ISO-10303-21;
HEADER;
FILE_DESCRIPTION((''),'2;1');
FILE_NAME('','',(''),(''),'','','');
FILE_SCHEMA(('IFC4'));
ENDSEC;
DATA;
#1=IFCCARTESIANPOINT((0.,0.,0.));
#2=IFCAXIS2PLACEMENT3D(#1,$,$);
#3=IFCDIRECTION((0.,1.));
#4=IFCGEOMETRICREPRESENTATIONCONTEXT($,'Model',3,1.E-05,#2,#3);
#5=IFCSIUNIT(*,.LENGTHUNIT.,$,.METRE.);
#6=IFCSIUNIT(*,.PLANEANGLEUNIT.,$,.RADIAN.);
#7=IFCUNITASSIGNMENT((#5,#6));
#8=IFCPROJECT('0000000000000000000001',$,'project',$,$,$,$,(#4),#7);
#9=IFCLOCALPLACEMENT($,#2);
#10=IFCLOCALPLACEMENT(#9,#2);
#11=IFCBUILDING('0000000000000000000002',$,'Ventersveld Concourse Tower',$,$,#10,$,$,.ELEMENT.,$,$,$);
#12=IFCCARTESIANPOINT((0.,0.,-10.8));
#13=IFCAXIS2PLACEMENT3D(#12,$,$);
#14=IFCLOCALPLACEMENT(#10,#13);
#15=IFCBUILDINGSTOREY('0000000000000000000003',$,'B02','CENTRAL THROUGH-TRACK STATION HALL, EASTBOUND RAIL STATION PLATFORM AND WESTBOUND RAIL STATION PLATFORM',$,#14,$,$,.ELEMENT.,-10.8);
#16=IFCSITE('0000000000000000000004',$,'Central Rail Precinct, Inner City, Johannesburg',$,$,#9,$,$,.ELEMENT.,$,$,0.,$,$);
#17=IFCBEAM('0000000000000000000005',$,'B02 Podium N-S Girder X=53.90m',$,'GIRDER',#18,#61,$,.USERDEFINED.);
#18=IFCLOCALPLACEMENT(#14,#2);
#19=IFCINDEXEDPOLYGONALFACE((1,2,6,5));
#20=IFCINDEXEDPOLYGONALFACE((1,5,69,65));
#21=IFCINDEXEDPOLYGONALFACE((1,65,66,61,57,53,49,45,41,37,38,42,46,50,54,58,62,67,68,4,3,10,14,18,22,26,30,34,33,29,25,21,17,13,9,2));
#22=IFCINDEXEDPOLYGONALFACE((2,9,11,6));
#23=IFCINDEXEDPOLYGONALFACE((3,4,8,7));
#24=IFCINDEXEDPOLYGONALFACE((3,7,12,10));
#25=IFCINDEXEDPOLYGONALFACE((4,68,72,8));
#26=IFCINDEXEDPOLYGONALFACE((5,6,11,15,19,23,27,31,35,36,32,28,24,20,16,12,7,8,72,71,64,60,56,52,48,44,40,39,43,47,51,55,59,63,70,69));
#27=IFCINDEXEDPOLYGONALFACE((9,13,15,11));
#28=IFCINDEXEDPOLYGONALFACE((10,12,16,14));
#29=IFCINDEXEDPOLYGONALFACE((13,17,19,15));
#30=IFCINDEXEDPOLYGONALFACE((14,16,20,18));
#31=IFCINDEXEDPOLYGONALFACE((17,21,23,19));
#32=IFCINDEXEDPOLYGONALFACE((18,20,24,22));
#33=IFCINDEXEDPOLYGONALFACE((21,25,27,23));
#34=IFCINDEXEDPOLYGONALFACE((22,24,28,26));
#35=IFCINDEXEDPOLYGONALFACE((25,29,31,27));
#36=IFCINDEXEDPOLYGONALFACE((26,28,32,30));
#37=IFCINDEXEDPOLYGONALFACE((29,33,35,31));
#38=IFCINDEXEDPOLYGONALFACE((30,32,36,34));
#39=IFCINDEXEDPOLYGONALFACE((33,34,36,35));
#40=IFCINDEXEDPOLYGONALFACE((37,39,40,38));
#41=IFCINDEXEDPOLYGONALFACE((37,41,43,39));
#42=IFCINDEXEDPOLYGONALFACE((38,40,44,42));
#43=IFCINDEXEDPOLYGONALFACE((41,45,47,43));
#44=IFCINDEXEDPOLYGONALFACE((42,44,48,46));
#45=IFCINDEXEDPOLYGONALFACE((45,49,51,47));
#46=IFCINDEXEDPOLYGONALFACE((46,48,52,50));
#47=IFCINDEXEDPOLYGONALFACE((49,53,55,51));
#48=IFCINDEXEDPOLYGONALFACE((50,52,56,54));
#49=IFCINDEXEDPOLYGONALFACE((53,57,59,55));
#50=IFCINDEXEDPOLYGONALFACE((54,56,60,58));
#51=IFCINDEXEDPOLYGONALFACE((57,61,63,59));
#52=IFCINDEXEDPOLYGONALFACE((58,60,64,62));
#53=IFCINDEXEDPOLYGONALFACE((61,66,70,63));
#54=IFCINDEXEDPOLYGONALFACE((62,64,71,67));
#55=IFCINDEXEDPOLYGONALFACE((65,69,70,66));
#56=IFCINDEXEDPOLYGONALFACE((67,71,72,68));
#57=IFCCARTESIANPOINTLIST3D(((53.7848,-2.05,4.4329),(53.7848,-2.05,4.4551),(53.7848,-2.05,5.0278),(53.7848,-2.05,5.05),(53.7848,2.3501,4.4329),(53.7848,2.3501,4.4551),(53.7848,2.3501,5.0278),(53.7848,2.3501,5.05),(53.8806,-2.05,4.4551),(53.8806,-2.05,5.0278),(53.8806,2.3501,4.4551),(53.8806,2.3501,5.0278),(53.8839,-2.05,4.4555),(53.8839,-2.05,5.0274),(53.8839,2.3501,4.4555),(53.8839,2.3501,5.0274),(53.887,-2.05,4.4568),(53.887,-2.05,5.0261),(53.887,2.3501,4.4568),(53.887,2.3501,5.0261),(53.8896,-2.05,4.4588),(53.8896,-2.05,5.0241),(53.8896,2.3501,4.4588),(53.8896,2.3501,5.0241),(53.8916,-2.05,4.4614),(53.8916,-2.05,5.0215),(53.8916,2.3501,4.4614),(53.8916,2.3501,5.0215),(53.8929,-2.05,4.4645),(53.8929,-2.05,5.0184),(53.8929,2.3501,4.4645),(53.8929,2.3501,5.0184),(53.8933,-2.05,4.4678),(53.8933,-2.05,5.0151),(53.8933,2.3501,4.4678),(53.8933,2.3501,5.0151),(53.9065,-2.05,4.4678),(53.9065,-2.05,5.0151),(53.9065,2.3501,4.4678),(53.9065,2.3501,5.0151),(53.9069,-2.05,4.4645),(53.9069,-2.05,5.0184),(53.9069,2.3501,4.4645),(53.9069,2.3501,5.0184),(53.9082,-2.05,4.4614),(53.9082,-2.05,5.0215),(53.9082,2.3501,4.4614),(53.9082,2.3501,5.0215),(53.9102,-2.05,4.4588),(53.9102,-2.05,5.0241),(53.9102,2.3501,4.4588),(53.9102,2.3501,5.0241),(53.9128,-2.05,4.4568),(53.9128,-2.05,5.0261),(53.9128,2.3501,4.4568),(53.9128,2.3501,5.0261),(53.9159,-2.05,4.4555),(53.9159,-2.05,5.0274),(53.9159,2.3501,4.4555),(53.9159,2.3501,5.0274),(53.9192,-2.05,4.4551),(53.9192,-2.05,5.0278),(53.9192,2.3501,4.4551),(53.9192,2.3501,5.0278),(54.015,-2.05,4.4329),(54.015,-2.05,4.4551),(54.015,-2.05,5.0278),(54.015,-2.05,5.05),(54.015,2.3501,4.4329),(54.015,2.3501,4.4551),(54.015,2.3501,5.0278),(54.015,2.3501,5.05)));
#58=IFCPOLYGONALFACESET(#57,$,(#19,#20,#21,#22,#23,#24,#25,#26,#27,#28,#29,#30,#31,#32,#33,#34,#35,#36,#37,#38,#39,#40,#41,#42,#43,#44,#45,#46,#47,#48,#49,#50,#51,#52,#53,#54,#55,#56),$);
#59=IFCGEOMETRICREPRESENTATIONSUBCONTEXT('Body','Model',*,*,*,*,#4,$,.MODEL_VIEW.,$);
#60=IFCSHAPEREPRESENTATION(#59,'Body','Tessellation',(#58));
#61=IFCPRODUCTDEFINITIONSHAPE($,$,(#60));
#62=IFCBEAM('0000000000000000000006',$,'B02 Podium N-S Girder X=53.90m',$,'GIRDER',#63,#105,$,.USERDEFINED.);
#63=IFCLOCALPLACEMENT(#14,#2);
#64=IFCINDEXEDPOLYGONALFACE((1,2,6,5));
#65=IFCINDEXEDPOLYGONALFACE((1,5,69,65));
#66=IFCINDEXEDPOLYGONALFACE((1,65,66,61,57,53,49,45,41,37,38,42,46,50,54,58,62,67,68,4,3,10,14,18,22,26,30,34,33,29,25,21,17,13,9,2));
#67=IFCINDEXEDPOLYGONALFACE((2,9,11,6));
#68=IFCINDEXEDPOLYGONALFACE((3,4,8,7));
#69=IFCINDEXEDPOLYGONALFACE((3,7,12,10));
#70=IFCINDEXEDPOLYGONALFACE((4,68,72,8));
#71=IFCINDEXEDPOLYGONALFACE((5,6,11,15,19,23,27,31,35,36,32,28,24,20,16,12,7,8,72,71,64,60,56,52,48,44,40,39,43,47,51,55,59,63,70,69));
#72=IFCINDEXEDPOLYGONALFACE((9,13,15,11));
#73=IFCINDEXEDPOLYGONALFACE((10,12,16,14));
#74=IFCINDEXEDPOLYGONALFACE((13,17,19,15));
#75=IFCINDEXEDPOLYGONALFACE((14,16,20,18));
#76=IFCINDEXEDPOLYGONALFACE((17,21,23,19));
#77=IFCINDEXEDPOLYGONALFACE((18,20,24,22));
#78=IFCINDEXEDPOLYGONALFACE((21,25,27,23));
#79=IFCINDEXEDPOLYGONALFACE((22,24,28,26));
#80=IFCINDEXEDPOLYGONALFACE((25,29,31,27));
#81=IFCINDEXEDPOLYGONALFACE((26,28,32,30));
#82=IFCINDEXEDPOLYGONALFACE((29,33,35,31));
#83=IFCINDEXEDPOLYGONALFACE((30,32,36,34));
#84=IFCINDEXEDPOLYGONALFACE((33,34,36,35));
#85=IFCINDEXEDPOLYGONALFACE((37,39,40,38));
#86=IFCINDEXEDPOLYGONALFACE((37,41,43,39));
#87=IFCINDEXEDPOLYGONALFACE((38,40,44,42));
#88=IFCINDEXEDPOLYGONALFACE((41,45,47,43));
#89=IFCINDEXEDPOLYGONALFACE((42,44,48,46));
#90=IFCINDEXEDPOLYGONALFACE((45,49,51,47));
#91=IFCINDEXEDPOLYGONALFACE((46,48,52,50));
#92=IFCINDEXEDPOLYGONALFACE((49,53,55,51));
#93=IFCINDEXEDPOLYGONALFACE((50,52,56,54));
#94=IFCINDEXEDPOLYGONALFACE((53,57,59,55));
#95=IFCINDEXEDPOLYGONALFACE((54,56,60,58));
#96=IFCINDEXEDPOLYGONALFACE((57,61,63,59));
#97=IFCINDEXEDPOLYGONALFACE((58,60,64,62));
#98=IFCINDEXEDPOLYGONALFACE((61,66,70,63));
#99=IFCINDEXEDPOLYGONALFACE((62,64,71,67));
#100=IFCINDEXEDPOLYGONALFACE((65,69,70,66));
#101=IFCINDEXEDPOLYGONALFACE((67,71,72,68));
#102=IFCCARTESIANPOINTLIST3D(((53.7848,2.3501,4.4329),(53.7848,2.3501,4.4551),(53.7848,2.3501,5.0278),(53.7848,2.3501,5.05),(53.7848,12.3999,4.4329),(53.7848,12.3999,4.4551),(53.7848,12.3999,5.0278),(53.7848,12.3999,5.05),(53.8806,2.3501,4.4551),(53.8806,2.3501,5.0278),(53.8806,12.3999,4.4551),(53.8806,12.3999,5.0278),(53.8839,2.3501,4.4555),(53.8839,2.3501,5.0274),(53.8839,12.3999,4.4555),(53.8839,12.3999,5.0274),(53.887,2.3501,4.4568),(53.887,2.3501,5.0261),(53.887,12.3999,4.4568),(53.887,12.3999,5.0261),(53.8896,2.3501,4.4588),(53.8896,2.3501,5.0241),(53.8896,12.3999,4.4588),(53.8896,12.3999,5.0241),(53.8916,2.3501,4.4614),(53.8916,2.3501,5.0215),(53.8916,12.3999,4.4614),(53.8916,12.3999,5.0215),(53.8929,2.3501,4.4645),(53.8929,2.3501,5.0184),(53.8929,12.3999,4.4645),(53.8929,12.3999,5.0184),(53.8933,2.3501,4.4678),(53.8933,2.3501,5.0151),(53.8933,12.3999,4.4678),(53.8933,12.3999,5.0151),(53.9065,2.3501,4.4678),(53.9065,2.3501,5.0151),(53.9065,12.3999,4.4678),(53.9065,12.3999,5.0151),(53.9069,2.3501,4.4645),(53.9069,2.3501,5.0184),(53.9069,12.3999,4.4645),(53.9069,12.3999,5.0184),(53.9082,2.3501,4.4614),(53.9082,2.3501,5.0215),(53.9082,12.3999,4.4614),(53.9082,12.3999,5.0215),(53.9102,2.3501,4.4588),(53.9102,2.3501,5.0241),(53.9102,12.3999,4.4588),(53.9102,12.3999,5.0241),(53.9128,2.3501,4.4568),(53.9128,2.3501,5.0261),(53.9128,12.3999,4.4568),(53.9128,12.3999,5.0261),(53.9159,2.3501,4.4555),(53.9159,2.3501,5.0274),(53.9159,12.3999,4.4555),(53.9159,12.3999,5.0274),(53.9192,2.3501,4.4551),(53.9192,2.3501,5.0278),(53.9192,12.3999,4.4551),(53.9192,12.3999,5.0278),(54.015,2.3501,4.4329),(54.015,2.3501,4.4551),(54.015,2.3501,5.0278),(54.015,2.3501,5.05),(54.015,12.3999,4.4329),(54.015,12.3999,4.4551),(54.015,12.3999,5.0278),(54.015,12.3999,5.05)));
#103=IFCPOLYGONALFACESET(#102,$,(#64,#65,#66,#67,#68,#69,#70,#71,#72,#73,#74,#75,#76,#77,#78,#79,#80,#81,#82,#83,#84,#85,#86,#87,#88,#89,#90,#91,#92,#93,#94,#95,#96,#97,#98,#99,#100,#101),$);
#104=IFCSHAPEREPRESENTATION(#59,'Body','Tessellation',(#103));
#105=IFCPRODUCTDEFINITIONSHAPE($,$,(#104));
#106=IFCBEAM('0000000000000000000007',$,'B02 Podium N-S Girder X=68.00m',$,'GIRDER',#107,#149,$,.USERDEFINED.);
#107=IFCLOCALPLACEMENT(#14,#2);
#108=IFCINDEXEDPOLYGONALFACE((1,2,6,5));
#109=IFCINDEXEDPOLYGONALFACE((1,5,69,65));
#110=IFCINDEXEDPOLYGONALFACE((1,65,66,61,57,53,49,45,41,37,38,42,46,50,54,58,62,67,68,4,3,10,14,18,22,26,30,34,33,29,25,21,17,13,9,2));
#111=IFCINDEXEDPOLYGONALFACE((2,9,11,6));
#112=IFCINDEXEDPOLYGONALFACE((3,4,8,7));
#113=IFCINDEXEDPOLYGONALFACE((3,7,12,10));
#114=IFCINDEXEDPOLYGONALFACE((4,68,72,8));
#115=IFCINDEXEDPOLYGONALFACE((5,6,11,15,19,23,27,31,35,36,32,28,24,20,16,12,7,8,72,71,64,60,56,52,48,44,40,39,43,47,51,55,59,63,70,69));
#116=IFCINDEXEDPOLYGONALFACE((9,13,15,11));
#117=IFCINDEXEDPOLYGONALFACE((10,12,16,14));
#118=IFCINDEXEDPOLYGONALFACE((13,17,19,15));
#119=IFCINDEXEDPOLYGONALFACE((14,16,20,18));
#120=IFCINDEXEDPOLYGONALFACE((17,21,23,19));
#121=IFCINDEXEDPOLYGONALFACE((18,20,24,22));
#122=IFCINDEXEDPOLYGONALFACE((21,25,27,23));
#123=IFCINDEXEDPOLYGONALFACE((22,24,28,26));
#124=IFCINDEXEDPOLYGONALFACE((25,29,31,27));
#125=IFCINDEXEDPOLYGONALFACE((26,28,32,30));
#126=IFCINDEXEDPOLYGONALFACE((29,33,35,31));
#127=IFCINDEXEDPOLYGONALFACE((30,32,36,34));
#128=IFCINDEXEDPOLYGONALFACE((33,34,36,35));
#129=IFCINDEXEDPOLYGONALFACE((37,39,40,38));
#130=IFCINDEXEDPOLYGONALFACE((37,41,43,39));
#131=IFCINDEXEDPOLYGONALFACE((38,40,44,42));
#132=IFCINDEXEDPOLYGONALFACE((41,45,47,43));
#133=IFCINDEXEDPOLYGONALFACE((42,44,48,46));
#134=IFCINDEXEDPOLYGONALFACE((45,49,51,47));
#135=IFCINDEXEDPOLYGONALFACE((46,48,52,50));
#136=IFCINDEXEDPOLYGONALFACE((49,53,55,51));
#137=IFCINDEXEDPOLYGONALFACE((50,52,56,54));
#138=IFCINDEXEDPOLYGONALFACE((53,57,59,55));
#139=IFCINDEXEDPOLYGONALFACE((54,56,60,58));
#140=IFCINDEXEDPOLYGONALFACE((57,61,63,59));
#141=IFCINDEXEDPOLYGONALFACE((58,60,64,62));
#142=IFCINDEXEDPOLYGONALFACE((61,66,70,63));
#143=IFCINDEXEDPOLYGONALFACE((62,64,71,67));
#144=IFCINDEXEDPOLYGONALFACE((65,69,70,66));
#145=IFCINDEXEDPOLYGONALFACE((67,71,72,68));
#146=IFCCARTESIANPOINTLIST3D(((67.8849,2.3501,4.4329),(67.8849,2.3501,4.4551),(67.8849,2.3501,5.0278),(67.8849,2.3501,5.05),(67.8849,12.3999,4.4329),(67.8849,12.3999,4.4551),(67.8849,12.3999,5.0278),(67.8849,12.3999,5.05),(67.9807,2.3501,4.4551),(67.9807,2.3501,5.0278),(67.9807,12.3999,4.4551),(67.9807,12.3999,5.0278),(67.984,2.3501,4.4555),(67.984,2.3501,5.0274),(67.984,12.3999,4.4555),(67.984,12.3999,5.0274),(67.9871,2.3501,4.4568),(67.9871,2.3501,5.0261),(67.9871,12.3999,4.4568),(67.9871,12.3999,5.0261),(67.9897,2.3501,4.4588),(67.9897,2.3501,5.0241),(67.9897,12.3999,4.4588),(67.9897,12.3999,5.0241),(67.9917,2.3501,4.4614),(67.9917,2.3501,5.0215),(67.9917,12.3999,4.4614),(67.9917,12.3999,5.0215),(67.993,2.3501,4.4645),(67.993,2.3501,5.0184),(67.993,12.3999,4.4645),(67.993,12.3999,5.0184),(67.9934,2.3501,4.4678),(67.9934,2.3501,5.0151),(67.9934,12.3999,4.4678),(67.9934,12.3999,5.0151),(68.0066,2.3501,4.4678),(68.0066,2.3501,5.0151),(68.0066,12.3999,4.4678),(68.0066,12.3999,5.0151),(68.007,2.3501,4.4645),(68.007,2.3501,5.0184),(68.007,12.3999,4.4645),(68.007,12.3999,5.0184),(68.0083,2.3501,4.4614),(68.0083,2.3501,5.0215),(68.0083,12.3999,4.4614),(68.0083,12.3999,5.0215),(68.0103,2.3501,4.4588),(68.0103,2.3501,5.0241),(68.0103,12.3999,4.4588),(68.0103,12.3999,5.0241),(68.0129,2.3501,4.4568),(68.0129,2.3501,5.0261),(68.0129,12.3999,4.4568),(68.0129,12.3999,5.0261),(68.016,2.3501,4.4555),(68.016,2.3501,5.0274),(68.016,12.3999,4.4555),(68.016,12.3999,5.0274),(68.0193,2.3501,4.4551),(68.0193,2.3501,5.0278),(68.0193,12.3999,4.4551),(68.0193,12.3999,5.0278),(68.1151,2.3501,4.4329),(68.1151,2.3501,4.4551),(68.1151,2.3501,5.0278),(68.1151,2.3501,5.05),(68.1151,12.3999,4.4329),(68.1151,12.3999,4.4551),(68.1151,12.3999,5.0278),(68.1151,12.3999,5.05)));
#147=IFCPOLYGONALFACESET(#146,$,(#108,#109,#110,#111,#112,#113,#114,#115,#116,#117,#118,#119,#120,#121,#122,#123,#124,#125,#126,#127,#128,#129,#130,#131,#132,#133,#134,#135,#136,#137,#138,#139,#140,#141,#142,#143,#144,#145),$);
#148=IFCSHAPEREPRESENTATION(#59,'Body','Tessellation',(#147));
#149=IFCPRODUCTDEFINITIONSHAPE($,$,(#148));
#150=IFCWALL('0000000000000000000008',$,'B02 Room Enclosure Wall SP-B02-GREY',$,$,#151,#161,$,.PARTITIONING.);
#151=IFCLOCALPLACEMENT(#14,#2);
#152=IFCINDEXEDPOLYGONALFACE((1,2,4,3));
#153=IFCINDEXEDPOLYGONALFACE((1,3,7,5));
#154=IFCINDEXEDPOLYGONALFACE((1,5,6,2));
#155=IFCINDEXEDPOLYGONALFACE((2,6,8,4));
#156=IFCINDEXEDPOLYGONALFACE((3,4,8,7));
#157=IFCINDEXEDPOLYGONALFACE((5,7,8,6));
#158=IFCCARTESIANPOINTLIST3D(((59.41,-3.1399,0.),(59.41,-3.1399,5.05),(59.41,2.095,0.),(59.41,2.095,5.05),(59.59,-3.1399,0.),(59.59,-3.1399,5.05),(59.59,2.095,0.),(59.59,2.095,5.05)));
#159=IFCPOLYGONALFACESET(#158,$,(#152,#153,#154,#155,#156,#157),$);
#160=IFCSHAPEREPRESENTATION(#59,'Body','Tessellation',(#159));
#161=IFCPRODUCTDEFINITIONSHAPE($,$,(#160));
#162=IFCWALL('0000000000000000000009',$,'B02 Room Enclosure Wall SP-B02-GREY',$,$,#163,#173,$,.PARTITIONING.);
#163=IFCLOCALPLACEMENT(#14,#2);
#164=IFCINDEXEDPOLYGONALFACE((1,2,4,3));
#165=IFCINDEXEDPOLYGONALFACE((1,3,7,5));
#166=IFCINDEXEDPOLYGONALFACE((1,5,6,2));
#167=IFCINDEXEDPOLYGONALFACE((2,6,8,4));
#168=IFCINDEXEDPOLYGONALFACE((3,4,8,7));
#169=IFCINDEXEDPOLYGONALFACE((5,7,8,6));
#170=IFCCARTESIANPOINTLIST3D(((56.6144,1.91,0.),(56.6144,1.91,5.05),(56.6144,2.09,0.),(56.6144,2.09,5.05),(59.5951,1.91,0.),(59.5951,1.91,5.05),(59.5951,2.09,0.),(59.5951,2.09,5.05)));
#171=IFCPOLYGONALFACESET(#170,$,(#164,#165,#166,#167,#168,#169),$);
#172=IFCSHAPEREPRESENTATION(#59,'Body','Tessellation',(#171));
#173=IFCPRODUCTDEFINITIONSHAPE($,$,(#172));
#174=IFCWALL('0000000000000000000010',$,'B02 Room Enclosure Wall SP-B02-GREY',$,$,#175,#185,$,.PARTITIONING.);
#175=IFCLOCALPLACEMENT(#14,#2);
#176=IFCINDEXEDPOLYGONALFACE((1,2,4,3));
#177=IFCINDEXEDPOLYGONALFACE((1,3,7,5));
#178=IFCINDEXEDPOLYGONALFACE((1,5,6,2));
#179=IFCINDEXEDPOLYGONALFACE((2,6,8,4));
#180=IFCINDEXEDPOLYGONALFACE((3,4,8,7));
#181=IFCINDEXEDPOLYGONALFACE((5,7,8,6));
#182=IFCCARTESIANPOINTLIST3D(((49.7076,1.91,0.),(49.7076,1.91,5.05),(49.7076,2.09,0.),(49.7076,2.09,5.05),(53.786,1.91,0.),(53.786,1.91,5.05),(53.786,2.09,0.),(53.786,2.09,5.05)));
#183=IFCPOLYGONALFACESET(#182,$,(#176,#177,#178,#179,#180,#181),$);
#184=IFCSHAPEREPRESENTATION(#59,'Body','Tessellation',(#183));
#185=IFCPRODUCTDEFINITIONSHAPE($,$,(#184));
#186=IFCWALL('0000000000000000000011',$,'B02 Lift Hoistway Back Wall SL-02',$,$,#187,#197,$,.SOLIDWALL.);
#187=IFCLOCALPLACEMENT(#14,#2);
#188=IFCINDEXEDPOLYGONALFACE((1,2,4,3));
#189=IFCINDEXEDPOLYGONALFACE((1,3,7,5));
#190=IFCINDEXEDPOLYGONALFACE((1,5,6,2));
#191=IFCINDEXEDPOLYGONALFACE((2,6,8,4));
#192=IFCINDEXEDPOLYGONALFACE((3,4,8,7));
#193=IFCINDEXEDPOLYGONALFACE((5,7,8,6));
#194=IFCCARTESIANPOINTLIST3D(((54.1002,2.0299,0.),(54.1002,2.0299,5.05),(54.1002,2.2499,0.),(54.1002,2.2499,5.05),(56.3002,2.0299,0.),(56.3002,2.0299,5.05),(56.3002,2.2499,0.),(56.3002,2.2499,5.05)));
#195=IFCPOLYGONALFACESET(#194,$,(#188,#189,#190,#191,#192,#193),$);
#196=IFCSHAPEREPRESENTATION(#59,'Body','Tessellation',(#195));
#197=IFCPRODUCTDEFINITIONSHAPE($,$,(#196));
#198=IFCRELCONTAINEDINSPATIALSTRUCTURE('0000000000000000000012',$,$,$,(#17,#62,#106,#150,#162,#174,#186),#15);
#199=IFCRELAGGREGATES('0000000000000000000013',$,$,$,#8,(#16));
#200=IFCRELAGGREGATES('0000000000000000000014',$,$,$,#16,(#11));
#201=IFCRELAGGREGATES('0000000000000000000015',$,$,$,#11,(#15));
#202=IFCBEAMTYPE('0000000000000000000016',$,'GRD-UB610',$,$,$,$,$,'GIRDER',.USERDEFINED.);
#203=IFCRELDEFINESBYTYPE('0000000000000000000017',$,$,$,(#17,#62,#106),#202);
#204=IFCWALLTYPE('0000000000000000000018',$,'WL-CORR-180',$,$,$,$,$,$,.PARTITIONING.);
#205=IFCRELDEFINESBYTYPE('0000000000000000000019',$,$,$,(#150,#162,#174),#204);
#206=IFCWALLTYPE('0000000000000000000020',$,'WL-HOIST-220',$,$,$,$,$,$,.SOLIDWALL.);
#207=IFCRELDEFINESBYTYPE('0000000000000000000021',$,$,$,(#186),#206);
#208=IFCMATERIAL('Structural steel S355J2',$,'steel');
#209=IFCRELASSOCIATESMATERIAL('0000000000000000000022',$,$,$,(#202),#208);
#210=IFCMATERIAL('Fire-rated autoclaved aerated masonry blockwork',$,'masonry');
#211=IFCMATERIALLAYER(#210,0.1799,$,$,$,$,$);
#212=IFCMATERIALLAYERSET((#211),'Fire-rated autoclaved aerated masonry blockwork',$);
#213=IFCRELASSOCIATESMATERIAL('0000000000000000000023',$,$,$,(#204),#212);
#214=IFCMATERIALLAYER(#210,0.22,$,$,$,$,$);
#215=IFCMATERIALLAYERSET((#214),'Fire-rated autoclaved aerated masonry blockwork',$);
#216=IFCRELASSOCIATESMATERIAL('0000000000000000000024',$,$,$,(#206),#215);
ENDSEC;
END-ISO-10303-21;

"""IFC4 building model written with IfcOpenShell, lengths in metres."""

from ifc_helpers import new_model, si_unit, direction, frame, frame_2d, origin, origin_2d, place, context, subcontext, project, spatial, rectangle, i_section, extrude, material, layer, layer_set, material_profile, profile_set, type_object, element, save


model = new_model("IFC4")

# Units and contexts
model_context = context("Model", 3, precision=1e-05, world=origin(), true_north=direction((0.0, 1.0)))
body_context = subcontext(model_context, "Body", "Model", "MODEL_VIEW")
ifc_project = project(units=[si_unit("LENGTHUNIT", "METRE"), si_unit("PLANEANGLEUNIT", "RADIAN")], contexts=[model_context])

# Site, building, storey
site_placement = place(None, origin())
site = spatial("IfcSite", under=ifc_project, at=site_placement, Name="Central Rail Precinct, Inner City, Johannesburg", CompositionType="ELEMENT", RefElevation=0.0)
building_placement = place(site_placement, origin())
building = spatial("IfcBuilding", under=site, at=building_placement, Name="Ventersveld Concourse Tower", CompositionType="ELEMENT")
storey_placement = place(building_placement, frame((0.0, 0.0, -10.8)))
storey = spatial("IfcBuildingStorey", under=building, at=storey_placement, Name="B02", Description="CENTRAL THROUGH-TRACK STATION HALL, EASTBOUND RAIL STATION PLATFORM AND WESTBOUND RAIL STATION PLATFORM", CompositionType="ELEMENT", Elevation=-10.8)

# Beams
ifc_material_1 = material(Name="Structural steel S355J2", Category="steel")
ifc_material_profile_1 = material_profile(ifc_material_1, i_section(OverallWidth=0.2302, OverallDepth=0.6172, WebThickness=0.0132, FlangeThickness=0.0222, FilletRadius=0.0127, at=origin_2d()), Name="UB 610x229x140")
ifc_profile_set_1 = profile_set([ifc_material_profile_1], Name="Structural steel S355J2")
beam_type = type_object("IfcBeamType", Name="GRD-UB610", ElementType="GIRDER", PredefinedType="USERDEFINED", material=ifc_profile_set_1)
beam_placement = place(storey_placement, frame((53.8999, -2.05, 4.7415), z_axis=(0.0, 1.0, 0.0), x_axis=(-1.0, 0.0, 0.0)))
element("IfcBeam", 1, at=beam_placement, inside=storey, type_object=beam_type, Name="B02 Podium N-S Girder X=53.90m", ObjectType="GIRDER", PredefinedType="USERDEFINED", context=body_context, shape_type="SweptSolid", body=[
    extrude(i_section(OverallWidth=0.2302, OverallDepth=0.6172, WebThickness=0.0132, FlangeThickness=0.0222, FilletRadius=0.0127, at=origin_2d()), origin(), (0.0, 0.0, 1.0), 4.4001),
])
for number, where, z_axis, x_axis, name in (
    (2, (53.8999, 2.3501, 4.7415), (0.0, 1.0, 0.0), (-1.0, 0.0, 0.0), "B02 Podium N-S Girder X=53.90m"),
    (3, (68.0, 2.3501, 4.7415), (0.0, 1.0, 0.0), (-1.0, 0.0, 0.0), "B02 Podium N-S Girder X=68.00m"),
):
    element("IfcBeam", number, at=place(storey_placement, frame(where, z_axis=z_axis, x_axis=x_axis)), inside=storey, type_object=beam_type, Name=name, ObjectType="GIRDER", PredefinedType="USERDEFINED", context=body_context, shape_type="SweptSolid", body=[
        extrude(i_section(OverallWidth=0.2302, OverallDepth=0.6172, WebThickness=0.0132, FlangeThickness=0.0222, FilletRadius=0.0127, at=origin_2d()), origin(), (0.0, 0.0, 1.0), 10.0498),
    ])

# Walls
ifc_material_2 = material(Name="Fire-rated autoclaved aerated masonry blockwork", Category="masonry")
ifc_layer_1 = layer(ifc_material_2, 0.1799)
ifc_layer_set_1 = layer_set([ifc_layer_1], Name="Fire-rated autoclaved aerated masonry blockwork")
wall_type_1 = type_object("IfcWallType", Name="WL-CORR-180", PredefinedType="PARTITIONING", material=ifc_layer_set_1)
wall_1_placement = place(storey_placement, frame((59.5, -3.1399, 0.0), z_axis=(0.0, 0.0, 1.0), x_axis=(0.0, 1.0, 0.0)))
element("IfcWall", 4, at=wall_1_placement, inside=storey, type_object=wall_type_1, Name="B02 Room Enclosure Wall SP-B02-GREY", PredefinedType="PARTITIONING", context=body_context, shape_type="SweptSolid", body=[
    extrude(rectangle(XDim=5.2349, YDim=0.1799, at=frame_2d((2.6174, 0.0))), origin(), (0.0, 0.0, 1.0), 5.05),
])
wall_2_placement = place(storey_placement, frame((59.595, 2.0, 0.0), z_axis=(0.0, 0.0, 1.0), x_axis=(-1.0, 0.0, 0.0)))
element("IfcWall", 5, at=wall_2_placement, inside=storey, type_object=wall_type_1, Name="B02 Room Enclosure Wall SP-B02-GREY", PredefinedType="PARTITIONING", context=body_context, shape_type="SweptSolid", body=[
    extrude(rectangle(XDim=2.9807, YDim=0.1799, at=frame_2d((1.4902, 0.0))), origin(), (0.0, 0.0, 1.0), 5.05),
])
wall_3_placement = place(storey_placement, frame((53.7859, 2.0, 0.0), z_axis=(0.0, 0.0, 1.0), x_axis=(-1.0, 0.0, 0.0)))
element("IfcWall", 6, at=wall_3_placement, inside=storey, type_object=wall_type_1, Name="B02 Room Enclosure Wall SP-B02-GREY", PredefinedType="PARTITIONING", context=body_context, shape_type="SweptSolid", body=[
    extrude(rectangle(XDim=4.0784, YDim=0.1799, at=frame_2d((2.0391, 0.0))), origin(), (0.0, 0.0, 1.0), 5.05),
])
ifc_layer_2 = layer(ifc_material_2, 0.22)
ifc_layer_set_2 = layer_set([ifc_layer_2], Name="Fire-rated autoclaved aerated masonry blockwork")
wall_type_2 = type_object("IfcWallType", Name="WL-HOIST-220", PredefinedType="SOLIDWALL", material=ifc_layer_set_2)
wall_4_placement = place(storey_placement, frame((54.1001, 2.1399, 0.0), z_axis=(0.0, 0.0, 1.0), x_axis=(1.0, 0.0, 0.0)))
element("IfcWall", 7, at=wall_4_placement, inside=storey, type_object=wall_type_2, Name="B02 Lift Hoistway Back Wall SL-02", PredefinedType="SOLIDWALL", context=body_context, shape_type="SweptSolid", body=[
    extrude(rectangle(XDim=2.2, YDim=0.22, at=frame_2d((1.1001, 0.0))), origin(), (0.0, 0.0, 1.0), 5.05),
])

save(model, "model.ifc")
